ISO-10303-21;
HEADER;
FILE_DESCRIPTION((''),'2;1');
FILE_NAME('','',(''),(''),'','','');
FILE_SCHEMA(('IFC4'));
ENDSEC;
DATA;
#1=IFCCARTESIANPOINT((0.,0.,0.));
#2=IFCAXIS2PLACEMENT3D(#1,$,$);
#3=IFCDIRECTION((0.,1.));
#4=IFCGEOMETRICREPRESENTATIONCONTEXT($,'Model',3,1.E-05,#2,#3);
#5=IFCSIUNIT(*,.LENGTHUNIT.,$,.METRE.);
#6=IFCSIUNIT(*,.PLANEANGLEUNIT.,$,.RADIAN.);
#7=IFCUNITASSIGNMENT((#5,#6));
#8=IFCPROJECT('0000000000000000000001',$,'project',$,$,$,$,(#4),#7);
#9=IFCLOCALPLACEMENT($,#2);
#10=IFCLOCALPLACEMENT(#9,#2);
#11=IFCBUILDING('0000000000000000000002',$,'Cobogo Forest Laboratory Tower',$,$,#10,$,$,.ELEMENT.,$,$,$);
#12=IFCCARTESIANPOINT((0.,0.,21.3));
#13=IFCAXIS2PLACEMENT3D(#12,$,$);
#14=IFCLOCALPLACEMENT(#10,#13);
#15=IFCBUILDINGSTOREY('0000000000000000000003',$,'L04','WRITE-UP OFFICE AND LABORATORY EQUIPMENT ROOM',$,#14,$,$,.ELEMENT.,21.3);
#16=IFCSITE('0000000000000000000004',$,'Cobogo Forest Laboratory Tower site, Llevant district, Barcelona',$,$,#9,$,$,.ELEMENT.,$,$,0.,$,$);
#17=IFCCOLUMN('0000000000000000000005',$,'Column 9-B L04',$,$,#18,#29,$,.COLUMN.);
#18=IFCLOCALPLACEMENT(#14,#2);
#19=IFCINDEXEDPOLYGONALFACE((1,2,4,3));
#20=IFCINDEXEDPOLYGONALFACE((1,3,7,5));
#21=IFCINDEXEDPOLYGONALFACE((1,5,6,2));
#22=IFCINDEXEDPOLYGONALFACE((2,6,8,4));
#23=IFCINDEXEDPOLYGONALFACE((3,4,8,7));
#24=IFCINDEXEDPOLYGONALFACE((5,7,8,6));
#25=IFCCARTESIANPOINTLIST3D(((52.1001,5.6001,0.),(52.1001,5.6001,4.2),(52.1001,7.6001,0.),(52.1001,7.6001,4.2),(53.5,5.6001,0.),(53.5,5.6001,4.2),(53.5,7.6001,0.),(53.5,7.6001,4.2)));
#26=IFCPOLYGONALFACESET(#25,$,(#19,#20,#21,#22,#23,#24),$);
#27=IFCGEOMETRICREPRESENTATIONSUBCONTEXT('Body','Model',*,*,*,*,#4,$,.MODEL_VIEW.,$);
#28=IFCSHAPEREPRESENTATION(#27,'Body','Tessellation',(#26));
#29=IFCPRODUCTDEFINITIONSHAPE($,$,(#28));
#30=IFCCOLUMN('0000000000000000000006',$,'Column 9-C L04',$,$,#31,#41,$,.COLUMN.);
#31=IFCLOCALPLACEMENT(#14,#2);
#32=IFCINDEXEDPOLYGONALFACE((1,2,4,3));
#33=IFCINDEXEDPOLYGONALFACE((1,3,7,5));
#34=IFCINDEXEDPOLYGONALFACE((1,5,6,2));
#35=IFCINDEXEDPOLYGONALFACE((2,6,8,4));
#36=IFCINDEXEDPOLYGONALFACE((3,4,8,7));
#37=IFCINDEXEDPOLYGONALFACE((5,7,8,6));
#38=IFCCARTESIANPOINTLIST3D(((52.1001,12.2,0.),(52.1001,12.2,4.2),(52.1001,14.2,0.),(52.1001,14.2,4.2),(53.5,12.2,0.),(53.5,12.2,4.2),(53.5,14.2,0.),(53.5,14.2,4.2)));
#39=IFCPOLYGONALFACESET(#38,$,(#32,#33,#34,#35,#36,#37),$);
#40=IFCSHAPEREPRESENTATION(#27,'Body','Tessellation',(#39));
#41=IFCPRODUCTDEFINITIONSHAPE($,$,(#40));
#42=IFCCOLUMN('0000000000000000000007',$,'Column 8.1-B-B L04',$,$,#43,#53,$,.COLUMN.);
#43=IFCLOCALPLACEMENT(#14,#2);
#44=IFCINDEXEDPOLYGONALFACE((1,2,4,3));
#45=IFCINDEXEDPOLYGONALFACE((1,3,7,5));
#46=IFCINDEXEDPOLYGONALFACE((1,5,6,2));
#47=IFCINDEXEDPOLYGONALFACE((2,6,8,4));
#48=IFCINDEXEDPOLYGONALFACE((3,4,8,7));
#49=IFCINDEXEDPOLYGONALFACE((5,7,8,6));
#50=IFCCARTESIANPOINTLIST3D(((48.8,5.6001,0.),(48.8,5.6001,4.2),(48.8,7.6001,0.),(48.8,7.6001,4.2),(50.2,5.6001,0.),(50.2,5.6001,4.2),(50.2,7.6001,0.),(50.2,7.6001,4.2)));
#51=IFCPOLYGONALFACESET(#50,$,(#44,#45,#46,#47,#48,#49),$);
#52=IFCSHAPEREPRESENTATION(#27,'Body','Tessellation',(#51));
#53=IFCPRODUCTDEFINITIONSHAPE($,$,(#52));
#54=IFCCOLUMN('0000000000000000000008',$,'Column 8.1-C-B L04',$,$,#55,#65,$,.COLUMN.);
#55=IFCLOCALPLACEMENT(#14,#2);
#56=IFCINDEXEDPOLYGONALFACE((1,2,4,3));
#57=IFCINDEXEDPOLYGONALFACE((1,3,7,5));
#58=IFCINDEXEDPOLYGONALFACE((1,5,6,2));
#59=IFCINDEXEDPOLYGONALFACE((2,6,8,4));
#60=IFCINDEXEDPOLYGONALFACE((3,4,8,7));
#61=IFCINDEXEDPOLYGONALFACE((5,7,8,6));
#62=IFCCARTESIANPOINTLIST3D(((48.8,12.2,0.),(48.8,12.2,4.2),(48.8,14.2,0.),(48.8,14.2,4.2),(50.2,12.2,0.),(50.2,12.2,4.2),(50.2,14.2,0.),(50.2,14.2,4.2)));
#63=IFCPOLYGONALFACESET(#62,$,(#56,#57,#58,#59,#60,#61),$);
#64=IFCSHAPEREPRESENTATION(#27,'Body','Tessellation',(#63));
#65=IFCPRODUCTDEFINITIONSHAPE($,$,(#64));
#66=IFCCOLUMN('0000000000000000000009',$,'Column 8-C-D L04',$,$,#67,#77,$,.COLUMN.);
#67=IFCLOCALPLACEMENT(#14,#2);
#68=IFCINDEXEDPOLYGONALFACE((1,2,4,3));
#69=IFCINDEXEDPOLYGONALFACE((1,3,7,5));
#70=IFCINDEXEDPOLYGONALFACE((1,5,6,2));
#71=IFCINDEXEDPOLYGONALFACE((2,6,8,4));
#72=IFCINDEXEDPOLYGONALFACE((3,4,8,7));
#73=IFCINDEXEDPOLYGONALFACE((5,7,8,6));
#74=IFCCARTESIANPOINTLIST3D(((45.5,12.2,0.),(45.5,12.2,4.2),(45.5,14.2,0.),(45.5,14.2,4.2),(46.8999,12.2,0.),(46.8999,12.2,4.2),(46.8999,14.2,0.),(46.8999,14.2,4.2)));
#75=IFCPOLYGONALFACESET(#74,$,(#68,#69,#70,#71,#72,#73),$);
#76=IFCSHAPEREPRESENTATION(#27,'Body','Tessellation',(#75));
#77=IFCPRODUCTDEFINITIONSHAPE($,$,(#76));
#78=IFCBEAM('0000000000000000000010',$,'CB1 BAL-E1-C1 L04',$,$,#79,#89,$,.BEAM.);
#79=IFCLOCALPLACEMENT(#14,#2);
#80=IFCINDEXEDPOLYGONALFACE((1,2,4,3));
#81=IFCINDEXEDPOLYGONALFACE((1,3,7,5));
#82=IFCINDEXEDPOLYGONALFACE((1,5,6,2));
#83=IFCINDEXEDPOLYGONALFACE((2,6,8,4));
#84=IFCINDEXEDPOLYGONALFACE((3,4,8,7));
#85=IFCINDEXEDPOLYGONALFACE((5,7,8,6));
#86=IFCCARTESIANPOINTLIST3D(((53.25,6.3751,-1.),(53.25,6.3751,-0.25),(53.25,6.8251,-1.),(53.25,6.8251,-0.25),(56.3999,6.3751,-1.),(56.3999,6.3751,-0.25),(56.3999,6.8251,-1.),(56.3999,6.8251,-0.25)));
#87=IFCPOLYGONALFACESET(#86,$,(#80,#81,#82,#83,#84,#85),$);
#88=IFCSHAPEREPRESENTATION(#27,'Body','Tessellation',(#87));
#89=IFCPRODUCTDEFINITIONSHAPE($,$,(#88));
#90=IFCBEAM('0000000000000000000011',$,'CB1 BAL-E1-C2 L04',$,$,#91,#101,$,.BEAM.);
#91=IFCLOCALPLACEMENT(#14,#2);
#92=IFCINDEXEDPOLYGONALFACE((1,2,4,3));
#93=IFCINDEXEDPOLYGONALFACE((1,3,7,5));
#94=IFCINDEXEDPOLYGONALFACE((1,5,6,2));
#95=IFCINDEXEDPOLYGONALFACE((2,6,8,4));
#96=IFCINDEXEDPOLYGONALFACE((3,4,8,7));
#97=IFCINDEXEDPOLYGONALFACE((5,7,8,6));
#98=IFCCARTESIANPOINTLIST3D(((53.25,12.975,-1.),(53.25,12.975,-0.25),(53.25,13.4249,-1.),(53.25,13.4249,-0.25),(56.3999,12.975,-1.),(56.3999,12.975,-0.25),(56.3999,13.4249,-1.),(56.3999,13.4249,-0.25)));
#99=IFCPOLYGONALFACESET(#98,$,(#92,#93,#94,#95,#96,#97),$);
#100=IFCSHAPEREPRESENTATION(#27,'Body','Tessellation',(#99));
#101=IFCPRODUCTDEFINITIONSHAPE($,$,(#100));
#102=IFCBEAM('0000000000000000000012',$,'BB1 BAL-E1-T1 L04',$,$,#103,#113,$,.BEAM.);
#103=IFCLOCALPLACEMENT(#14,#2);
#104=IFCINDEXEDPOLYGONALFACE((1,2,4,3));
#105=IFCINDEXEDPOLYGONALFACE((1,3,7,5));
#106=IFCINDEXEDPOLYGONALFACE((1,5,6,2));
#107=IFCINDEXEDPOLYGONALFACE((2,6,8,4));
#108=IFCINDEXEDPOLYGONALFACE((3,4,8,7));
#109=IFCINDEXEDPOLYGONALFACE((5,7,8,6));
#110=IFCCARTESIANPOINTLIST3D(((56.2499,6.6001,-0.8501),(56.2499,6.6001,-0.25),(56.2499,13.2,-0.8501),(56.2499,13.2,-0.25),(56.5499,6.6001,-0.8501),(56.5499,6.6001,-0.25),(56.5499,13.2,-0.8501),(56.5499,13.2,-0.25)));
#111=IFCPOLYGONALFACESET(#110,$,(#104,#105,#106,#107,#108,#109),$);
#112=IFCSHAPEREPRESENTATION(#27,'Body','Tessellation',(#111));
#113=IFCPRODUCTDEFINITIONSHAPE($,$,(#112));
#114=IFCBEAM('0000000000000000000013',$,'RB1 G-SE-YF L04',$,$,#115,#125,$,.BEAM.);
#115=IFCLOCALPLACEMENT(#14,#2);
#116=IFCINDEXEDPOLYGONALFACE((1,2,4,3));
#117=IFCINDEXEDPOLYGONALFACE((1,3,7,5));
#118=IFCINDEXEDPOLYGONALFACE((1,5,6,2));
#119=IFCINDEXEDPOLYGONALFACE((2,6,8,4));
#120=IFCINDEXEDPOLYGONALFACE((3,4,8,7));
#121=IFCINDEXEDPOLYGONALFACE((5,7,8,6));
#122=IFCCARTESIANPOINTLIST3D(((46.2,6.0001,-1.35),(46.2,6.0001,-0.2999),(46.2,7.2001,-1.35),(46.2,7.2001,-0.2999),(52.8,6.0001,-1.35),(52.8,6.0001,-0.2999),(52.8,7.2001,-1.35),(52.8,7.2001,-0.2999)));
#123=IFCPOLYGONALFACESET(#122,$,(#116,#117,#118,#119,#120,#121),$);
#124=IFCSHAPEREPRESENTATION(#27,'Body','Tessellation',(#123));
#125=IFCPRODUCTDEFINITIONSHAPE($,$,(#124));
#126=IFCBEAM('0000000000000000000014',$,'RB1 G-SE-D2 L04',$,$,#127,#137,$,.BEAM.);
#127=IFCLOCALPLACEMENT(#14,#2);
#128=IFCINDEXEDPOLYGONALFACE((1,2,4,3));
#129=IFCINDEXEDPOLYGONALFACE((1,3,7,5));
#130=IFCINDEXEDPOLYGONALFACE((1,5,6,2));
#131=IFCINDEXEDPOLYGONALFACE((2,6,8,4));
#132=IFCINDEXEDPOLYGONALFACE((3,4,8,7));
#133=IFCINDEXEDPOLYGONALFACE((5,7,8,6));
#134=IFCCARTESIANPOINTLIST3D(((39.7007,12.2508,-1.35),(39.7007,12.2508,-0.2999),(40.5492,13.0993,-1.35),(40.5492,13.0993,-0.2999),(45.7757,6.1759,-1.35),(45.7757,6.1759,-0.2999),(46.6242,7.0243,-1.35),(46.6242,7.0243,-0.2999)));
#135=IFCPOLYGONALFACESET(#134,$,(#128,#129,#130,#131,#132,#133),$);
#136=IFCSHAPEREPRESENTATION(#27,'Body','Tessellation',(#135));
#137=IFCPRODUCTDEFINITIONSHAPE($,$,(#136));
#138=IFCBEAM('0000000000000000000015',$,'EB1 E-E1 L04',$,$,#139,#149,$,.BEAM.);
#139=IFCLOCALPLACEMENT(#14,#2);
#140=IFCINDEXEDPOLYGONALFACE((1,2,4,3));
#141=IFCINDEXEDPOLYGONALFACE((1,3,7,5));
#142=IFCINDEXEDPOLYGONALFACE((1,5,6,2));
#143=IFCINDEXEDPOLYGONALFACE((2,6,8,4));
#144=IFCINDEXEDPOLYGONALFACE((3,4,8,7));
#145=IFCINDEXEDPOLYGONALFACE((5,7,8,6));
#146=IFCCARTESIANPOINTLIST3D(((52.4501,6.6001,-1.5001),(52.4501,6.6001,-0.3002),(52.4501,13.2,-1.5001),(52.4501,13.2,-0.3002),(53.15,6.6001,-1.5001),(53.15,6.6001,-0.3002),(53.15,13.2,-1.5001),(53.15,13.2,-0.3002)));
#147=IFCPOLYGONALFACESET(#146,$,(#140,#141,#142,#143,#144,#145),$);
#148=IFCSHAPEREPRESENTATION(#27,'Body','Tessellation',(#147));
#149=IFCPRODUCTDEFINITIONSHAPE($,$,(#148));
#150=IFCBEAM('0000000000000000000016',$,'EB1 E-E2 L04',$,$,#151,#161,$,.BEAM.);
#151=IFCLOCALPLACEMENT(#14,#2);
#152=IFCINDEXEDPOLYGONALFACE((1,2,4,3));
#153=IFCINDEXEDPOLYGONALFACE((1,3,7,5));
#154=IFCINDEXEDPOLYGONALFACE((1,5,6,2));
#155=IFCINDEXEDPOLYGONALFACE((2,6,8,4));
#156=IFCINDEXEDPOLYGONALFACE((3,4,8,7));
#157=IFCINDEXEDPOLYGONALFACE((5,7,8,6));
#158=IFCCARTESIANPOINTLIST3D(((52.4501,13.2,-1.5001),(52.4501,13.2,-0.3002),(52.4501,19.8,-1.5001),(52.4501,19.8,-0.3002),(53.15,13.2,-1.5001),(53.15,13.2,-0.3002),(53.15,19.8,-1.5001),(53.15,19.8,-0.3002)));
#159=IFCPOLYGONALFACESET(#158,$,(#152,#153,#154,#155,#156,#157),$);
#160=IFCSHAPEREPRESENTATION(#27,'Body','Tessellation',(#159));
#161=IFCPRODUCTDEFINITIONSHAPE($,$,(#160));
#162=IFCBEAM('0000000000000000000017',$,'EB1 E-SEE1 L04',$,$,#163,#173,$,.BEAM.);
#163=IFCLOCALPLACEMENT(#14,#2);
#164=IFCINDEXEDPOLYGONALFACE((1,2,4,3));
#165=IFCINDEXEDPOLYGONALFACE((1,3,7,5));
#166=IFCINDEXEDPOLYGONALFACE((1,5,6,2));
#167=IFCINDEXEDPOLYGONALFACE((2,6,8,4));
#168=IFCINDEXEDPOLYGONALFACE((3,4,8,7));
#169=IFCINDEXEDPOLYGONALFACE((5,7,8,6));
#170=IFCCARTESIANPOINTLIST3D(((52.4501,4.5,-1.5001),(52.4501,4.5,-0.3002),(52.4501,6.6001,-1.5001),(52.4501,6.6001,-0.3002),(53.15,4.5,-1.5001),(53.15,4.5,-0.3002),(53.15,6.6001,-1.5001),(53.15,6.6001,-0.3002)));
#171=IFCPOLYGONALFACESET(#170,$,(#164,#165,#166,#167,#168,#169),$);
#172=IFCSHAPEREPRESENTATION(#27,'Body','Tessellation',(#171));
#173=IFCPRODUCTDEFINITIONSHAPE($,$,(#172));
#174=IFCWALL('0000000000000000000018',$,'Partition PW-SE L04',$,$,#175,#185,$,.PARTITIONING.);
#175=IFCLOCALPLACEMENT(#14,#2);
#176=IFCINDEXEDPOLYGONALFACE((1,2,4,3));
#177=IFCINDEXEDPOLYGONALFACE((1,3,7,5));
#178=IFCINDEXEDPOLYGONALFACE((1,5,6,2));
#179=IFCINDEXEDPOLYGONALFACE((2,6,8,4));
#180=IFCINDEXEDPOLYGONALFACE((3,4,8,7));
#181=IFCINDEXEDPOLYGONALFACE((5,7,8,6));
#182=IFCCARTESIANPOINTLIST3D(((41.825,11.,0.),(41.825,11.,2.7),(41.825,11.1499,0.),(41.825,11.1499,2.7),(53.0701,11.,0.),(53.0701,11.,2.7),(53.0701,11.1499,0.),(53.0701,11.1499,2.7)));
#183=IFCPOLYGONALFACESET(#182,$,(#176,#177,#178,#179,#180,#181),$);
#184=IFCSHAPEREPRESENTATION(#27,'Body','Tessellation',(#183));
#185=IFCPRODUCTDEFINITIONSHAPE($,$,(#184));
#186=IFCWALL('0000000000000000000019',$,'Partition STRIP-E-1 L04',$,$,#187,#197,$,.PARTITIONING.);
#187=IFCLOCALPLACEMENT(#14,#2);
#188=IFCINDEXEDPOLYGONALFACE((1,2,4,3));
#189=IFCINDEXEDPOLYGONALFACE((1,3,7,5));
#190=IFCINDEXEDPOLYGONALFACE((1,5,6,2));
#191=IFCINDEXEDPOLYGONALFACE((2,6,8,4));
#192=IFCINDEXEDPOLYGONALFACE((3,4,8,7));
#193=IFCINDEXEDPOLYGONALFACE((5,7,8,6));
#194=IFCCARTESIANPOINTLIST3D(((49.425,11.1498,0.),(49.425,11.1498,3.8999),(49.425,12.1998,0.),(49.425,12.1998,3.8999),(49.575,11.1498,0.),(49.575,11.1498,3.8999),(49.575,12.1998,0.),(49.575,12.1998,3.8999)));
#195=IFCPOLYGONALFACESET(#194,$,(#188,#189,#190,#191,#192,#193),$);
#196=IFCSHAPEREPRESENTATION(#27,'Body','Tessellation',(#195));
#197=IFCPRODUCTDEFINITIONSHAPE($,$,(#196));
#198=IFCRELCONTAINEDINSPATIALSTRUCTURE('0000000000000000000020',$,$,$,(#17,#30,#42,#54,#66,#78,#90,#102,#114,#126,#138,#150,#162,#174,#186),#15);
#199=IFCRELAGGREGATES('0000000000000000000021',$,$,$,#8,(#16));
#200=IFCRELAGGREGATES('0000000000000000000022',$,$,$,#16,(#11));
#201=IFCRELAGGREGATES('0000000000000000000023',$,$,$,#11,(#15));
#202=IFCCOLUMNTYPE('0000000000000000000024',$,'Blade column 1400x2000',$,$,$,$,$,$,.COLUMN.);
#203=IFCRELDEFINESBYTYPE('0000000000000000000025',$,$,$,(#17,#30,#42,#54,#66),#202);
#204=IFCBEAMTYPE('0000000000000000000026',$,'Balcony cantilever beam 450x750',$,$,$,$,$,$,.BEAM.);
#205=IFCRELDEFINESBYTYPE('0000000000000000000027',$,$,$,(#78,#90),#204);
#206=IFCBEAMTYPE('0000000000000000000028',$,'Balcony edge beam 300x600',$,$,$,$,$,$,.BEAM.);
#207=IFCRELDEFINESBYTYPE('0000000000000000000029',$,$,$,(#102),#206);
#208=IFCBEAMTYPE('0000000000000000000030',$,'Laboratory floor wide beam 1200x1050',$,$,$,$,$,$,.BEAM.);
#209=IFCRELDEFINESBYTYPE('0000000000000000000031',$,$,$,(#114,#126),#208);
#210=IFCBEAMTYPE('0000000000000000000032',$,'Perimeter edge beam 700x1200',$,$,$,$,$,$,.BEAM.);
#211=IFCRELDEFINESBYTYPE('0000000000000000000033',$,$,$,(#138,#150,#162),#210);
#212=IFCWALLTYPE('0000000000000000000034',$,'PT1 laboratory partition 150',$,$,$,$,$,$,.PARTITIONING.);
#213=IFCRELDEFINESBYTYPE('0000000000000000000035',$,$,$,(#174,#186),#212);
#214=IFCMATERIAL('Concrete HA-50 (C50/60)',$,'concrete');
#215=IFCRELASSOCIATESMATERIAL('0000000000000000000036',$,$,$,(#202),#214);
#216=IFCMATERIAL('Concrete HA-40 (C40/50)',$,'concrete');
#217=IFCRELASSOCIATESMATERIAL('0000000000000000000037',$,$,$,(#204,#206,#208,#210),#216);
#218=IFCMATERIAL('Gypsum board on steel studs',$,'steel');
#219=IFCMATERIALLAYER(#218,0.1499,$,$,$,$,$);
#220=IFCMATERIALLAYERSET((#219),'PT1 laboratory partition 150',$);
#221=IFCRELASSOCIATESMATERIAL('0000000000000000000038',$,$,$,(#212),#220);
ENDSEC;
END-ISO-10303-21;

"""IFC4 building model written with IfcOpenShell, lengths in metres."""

from ifc_helpers import new_model, si_unit, direction, frame, frame_2d, origin, origin_2d, place, context, subcontext, project, spatial, rectangle, extrude, material, layer, layer_set, material_profile, profile_set, type_object, element, save


model = new_model("IFC4")

# Units and contexts
model_context = context("Model", 3, precision=1e-05, world=origin(), true_north=direction((0.0, 1.0)))
body_context = subcontext(model_context, "Body", "Model", "MODEL_VIEW")
ifc_project = project(units=[si_unit("LENGTHUNIT", "METRE"), si_unit("PLANEANGLEUNIT", "RADIAN")], contexts=[model_context])

# Site, building, storey
site_placement = place(None, origin())
site = spatial("IfcSite", under=ifc_project, at=site_placement, Name="Cobogo Forest Laboratory Tower site, Llevant district, Barcelona", CompositionType="ELEMENT", RefElevation=0.0)
building_placement = place(site_placement, origin())
building = spatial("IfcBuilding", under=site, at=building_placement, Name="Cobogo Forest Laboratory Tower", CompositionType="ELEMENT")
storey_placement = place(building_placement, frame((0.0, 0.0, 21.3)))
storey = spatial("IfcBuildingStorey", under=building, at=storey_placement, Name="L04", Description="WRITE-UP OFFICE AND LABORATORY EQUIPMENT ROOM", CompositionType="ELEMENT", Elevation=21.3)

# Columns
ifc_material_1 = material(Name="Concrete HA-50 (C50/60)", Category="concrete")
ifc_material_profile_1 = material_profile(ifc_material_1, rectangle(XDim=2.0, YDim=1.3999, at=origin_2d()), Name="RC 1400x2000")
ifc_profile_set_1 = profile_set([ifc_material_profile_1], Name="Concrete HA-50 (C50/60)")
column_type = type_object("IfcColumnType", Name="Blade column 1400x2000", PredefinedType="COLUMN", material=ifc_profile_set_1)
for number, where, z_axis, x_axis, name in (
    (1, (52.8, 6.6001, 0.0), (0.0, 0.0, 1.0), (0.0, 1.0, 0.0), "Column 9-B L04"),
    (2, (52.8, 13.2, 0.0), (0.0, 0.0, 1.0), (0.0, 1.0, 0.0), "Column 9-C L04"),
    (3, (49.5, 6.6001, 0.0), (0.0, 0.0, 1.0), (0.0, 1.0, 0.0), "Column 8.1-B-B L04"),
    (4, (49.5, 13.2, 0.0), (0.0, 0.0, 1.0), (0.0, 1.0, 0.0), "Column 8.1-C-B L04"),
    (5, (46.2, 13.2, 0.0), (0.0, 0.0, 1.0), (0.0, 1.0, 0.0), "Column 8-C-D L04"),
):
    element("IfcColumn", number, at=place(storey_placement, frame(where, z_axis=z_axis, x_axis=x_axis)), inside=storey, type_object=column_type, Name=name, PredefinedType="COLUMN", context=body_context, shape_type="SweptSolid", body=[
        extrude(rectangle(XDim=2.0, YDim=1.3999, at=origin_2d()), origin(), (0.0, 0.0, 1.0), 4.2),
    ])

# Beams
ifc_material_2 = material(Name="Concrete HA-40 (C40/50)", Category="concrete")
ifc_material_profile_2 = material_profile(ifc_material_2, rectangle(XDim=0.45, YDim=0.75, at=origin_2d()), Name="RC 450x750")
ifc_profile_set_2 = profile_set([ifc_material_profile_2], Name="Concrete HA-40 (C40/50)")
beam_type_1 = type_object("IfcBeamType", Name="Balcony cantilever beam 450x750", PredefinedType="BEAM", material=ifc_profile_set_2)
for number, where, z_axis, x_axis, name in (
    (6, (53.25, 6.6001, -0.625), (1.0, 0.0, 0.0), (0.0, 1.0, 0.0), "CB1 BAL-E1-C1 L04"),
    (7, (53.25, 13.2, -0.625), (1.0, 0.0, 0.0), (0.0, 1.0, 0.0), "CB1 BAL-E1-C2 L04"),
):
    element("IfcBeam", number, at=place(storey_placement, frame(where, z_axis=z_axis, x_axis=x_axis)), inside=storey, type_object=beam_type_1, Name=name, PredefinedType="BEAM", context=body_context, shape_type="SweptSolid", body=[
        extrude(rectangle(XDim=0.45, YDim=0.75, at=origin_2d()), origin(), (0.0, 0.0, 1.0), 3.1499),
    ])
ifc_material_profile_3 = material_profile(ifc_material_2, rectangle(XDim=0.3, YDim=0.6001, at=origin_2d()), Name="RC 300x600")
ifc_profile_set_3 = profile_set([ifc_material_profile_3], Name="Concrete HA-40 (C40/50)")
beam_type_2 = type_object("IfcBeamType", Name="Balcony edge beam 300x600", PredefinedType="BEAM", material=ifc_profile_set_3)
beam_1_placement = place(storey_placement, frame((56.3999, 6.6001, -0.55), z_axis=(0.0, 1.0, 0.0), x_axis=(-1.0, 0.0, 0.0)))
element("IfcBeam", 8, at=beam_1_placement, inside=storey, type_object=beam_type_2, Name="BB1 BAL-E1-T1 L04", PredefinedType="BEAM", context=body_context, shape_type="SweptSolid", body=[
    extrude(rectangle(XDim=0.3, YDim=0.6001, at=origin_2d()), origin(), (0.0, 0.0, 1.0), 6.5999),
])
ifc_material_profile_4 = material_profile(ifc_material_2, rectangle(XDim=1.2, YDim=1.05, at=origin_2d()), Name="RC 1200x1050")
ifc_profile_set_4 = profile_set([ifc_material_profile_4], Name="Concrete HA-40 (C40/50)")
beam_type_3 = type_object("IfcBeamType", Name="Laboratory floor wide beam 1200x1050", PredefinedType="BEAM", material=ifc_profile_set_4)
beam_2_placement = place(storey_placement, frame((52.8, 6.6001, -0.825), z_axis=(-1.0, 0.0, 0.0), x_axis=(0.0, -1.0, 0.0)))
element("IfcBeam", 9, at=beam_2_placement, inside=storey, type_object=beam_type_3, Name="RB1 G-SE-YF L04", PredefinedType="BEAM", context=body_context, shape_type="SweptSolid", body=[
    extrude(rectangle(XDim=1.2, YDim=1.05, at=origin_2d()), origin(), (0.0, 0.0, 1.0), 6.6001),
])
beam_3_placement = place(storey_placement, frame((46.2, 6.6001, -0.825), z_axis=(-0.707107, 0.707107, 0.0), x_axis=(-0.707107, -0.707107, 0.0)))
element("IfcBeam", 10, at=beam_3_placement, inside=storey, type_object=beam_type_3, Name="RB1 G-SE-D2 L04", PredefinedType="BEAM", context=body_context, shape_type="SweptSolid", body=[
    extrude(rectangle(XDim=1.2, YDim=1.05, at=origin_2d()), origin(), (0.0, 0.0, 1.0), 8.5913),
])
ifc_material_profile_5 = material_profile(ifc_material_2, rectangle(XDim=0.7, YDim=1.2, at=origin_2d()), Name="RC 700x1200")
ifc_profile_set_5 = profile_set([ifc_material_profile_5], Name="Concrete HA-40 (C40/50)")
beam_type_4 = type_object("IfcBeamType", Name="Perimeter edge beam 700x1200", PredefinedType="BEAM", material=ifc_profile_set_5)
beam_4_placement = place(storey_placement, frame((52.8, 6.6001, -0.9001), z_axis=(0.0, 1.0, 0.0), x_axis=(-1.0, 0.0, 0.0)))
element("IfcBeam", 11, at=beam_4_placement, inside=storey, type_object=beam_type_4, Name="EB1 E-E1 L04", PredefinedType="BEAM", context=body_context, shape_type="SweptSolid", body=[
    extrude(rectangle(XDim=0.7, YDim=1.2, at=origin_2d()), origin(), (0.0, 0.0, 1.0), 6.5999),
])
beam_5_placement = place(storey_placement, frame((52.8, 13.2, -0.9001), z_axis=(0.0, 1.0, 0.0), x_axis=(-1.0, 0.0, 0.0)))
element("IfcBeam", 12, at=beam_5_placement, inside=storey, type_object=beam_type_4, Name="EB1 E-E2 L04", PredefinedType="BEAM", context=body_context, shape_type="SweptSolid", body=[
    extrude(rectangle(XDim=0.7, YDim=1.2, at=origin_2d()), origin(), (0.0, 0.0, 1.0), 6.6001),
])
beam_6_placement = place(storey_placement, frame((52.8, 6.6001, -0.9001), z_axis=(0.0, -1.0, 0.0), x_axis=(1.0, 0.0, 0.0)))
element("IfcBeam", 13, at=beam_6_placement, inside=storey, type_object=beam_type_4, Name="EB1 E-SEE1 L04", PredefinedType="BEAM", context=body_context, shape_type="SweptSolid", body=[
    extrude(rectangle(XDim=0.7, YDim=1.2, at=origin_2d()), origin(), (0.0, 0.0, 1.0), 2.1001),
])

# Walls
ifc_material_3 = material(Name="Gypsum board on steel studs", Category="steel")
ifc_layer_1 = layer(ifc_material_3, 0.1499)
ifc_layer_set_1 = layer_set([ifc_layer_1], Name="PT1 laboratory partition 150")
wall_type_1 = type_object("IfcWallType", Name="PT1 laboratory partition 150", PredefinedType="PARTITIONING", material=ifc_layer_set_1)
wall_1_placement = place(storey_placement, frame((53.0701, 11.075, 0.0), z_axis=(0.0, 0.0, 1.0), x_axis=(-1.0, 0.0, 0.0)))
element("IfcWall", 14, at=wall_1_placement, inside=storey, type_object=wall_type_1, Name="Partition PW-SE L04", PredefinedType="PARTITIONING", context=body_context, shape_type="SweptSolid", body=[
    extrude(rectangle(XDim=11.2451, YDim=0.1499, at=frame_2d((5.6226, 0.0))), origin(), (0.0, 0.0, 1.0), 2.7),
])
wall_2_placement = place(storey_placement, frame((49.5, 11.1499, 0.0), z_axis=(0.0, 0.0, 1.0), x_axis=(0.0, 1.0, 0.0)))
element("IfcWall", 15, at=wall_2_placement, inside=storey, type_object=wall_type_1, Name="Partition STRIP-E-1 L04", PredefinedType="PARTITIONING", context=body_context, shape_type="SweptSolid", body=[
    extrude(rectangle(XDim=1.05, YDim=0.1499, at=frame_2d((0.5249, 0.0))), origin(), (0.0, 0.0, 1.0), 3.8999),
])

save(model, "model.ifc")
